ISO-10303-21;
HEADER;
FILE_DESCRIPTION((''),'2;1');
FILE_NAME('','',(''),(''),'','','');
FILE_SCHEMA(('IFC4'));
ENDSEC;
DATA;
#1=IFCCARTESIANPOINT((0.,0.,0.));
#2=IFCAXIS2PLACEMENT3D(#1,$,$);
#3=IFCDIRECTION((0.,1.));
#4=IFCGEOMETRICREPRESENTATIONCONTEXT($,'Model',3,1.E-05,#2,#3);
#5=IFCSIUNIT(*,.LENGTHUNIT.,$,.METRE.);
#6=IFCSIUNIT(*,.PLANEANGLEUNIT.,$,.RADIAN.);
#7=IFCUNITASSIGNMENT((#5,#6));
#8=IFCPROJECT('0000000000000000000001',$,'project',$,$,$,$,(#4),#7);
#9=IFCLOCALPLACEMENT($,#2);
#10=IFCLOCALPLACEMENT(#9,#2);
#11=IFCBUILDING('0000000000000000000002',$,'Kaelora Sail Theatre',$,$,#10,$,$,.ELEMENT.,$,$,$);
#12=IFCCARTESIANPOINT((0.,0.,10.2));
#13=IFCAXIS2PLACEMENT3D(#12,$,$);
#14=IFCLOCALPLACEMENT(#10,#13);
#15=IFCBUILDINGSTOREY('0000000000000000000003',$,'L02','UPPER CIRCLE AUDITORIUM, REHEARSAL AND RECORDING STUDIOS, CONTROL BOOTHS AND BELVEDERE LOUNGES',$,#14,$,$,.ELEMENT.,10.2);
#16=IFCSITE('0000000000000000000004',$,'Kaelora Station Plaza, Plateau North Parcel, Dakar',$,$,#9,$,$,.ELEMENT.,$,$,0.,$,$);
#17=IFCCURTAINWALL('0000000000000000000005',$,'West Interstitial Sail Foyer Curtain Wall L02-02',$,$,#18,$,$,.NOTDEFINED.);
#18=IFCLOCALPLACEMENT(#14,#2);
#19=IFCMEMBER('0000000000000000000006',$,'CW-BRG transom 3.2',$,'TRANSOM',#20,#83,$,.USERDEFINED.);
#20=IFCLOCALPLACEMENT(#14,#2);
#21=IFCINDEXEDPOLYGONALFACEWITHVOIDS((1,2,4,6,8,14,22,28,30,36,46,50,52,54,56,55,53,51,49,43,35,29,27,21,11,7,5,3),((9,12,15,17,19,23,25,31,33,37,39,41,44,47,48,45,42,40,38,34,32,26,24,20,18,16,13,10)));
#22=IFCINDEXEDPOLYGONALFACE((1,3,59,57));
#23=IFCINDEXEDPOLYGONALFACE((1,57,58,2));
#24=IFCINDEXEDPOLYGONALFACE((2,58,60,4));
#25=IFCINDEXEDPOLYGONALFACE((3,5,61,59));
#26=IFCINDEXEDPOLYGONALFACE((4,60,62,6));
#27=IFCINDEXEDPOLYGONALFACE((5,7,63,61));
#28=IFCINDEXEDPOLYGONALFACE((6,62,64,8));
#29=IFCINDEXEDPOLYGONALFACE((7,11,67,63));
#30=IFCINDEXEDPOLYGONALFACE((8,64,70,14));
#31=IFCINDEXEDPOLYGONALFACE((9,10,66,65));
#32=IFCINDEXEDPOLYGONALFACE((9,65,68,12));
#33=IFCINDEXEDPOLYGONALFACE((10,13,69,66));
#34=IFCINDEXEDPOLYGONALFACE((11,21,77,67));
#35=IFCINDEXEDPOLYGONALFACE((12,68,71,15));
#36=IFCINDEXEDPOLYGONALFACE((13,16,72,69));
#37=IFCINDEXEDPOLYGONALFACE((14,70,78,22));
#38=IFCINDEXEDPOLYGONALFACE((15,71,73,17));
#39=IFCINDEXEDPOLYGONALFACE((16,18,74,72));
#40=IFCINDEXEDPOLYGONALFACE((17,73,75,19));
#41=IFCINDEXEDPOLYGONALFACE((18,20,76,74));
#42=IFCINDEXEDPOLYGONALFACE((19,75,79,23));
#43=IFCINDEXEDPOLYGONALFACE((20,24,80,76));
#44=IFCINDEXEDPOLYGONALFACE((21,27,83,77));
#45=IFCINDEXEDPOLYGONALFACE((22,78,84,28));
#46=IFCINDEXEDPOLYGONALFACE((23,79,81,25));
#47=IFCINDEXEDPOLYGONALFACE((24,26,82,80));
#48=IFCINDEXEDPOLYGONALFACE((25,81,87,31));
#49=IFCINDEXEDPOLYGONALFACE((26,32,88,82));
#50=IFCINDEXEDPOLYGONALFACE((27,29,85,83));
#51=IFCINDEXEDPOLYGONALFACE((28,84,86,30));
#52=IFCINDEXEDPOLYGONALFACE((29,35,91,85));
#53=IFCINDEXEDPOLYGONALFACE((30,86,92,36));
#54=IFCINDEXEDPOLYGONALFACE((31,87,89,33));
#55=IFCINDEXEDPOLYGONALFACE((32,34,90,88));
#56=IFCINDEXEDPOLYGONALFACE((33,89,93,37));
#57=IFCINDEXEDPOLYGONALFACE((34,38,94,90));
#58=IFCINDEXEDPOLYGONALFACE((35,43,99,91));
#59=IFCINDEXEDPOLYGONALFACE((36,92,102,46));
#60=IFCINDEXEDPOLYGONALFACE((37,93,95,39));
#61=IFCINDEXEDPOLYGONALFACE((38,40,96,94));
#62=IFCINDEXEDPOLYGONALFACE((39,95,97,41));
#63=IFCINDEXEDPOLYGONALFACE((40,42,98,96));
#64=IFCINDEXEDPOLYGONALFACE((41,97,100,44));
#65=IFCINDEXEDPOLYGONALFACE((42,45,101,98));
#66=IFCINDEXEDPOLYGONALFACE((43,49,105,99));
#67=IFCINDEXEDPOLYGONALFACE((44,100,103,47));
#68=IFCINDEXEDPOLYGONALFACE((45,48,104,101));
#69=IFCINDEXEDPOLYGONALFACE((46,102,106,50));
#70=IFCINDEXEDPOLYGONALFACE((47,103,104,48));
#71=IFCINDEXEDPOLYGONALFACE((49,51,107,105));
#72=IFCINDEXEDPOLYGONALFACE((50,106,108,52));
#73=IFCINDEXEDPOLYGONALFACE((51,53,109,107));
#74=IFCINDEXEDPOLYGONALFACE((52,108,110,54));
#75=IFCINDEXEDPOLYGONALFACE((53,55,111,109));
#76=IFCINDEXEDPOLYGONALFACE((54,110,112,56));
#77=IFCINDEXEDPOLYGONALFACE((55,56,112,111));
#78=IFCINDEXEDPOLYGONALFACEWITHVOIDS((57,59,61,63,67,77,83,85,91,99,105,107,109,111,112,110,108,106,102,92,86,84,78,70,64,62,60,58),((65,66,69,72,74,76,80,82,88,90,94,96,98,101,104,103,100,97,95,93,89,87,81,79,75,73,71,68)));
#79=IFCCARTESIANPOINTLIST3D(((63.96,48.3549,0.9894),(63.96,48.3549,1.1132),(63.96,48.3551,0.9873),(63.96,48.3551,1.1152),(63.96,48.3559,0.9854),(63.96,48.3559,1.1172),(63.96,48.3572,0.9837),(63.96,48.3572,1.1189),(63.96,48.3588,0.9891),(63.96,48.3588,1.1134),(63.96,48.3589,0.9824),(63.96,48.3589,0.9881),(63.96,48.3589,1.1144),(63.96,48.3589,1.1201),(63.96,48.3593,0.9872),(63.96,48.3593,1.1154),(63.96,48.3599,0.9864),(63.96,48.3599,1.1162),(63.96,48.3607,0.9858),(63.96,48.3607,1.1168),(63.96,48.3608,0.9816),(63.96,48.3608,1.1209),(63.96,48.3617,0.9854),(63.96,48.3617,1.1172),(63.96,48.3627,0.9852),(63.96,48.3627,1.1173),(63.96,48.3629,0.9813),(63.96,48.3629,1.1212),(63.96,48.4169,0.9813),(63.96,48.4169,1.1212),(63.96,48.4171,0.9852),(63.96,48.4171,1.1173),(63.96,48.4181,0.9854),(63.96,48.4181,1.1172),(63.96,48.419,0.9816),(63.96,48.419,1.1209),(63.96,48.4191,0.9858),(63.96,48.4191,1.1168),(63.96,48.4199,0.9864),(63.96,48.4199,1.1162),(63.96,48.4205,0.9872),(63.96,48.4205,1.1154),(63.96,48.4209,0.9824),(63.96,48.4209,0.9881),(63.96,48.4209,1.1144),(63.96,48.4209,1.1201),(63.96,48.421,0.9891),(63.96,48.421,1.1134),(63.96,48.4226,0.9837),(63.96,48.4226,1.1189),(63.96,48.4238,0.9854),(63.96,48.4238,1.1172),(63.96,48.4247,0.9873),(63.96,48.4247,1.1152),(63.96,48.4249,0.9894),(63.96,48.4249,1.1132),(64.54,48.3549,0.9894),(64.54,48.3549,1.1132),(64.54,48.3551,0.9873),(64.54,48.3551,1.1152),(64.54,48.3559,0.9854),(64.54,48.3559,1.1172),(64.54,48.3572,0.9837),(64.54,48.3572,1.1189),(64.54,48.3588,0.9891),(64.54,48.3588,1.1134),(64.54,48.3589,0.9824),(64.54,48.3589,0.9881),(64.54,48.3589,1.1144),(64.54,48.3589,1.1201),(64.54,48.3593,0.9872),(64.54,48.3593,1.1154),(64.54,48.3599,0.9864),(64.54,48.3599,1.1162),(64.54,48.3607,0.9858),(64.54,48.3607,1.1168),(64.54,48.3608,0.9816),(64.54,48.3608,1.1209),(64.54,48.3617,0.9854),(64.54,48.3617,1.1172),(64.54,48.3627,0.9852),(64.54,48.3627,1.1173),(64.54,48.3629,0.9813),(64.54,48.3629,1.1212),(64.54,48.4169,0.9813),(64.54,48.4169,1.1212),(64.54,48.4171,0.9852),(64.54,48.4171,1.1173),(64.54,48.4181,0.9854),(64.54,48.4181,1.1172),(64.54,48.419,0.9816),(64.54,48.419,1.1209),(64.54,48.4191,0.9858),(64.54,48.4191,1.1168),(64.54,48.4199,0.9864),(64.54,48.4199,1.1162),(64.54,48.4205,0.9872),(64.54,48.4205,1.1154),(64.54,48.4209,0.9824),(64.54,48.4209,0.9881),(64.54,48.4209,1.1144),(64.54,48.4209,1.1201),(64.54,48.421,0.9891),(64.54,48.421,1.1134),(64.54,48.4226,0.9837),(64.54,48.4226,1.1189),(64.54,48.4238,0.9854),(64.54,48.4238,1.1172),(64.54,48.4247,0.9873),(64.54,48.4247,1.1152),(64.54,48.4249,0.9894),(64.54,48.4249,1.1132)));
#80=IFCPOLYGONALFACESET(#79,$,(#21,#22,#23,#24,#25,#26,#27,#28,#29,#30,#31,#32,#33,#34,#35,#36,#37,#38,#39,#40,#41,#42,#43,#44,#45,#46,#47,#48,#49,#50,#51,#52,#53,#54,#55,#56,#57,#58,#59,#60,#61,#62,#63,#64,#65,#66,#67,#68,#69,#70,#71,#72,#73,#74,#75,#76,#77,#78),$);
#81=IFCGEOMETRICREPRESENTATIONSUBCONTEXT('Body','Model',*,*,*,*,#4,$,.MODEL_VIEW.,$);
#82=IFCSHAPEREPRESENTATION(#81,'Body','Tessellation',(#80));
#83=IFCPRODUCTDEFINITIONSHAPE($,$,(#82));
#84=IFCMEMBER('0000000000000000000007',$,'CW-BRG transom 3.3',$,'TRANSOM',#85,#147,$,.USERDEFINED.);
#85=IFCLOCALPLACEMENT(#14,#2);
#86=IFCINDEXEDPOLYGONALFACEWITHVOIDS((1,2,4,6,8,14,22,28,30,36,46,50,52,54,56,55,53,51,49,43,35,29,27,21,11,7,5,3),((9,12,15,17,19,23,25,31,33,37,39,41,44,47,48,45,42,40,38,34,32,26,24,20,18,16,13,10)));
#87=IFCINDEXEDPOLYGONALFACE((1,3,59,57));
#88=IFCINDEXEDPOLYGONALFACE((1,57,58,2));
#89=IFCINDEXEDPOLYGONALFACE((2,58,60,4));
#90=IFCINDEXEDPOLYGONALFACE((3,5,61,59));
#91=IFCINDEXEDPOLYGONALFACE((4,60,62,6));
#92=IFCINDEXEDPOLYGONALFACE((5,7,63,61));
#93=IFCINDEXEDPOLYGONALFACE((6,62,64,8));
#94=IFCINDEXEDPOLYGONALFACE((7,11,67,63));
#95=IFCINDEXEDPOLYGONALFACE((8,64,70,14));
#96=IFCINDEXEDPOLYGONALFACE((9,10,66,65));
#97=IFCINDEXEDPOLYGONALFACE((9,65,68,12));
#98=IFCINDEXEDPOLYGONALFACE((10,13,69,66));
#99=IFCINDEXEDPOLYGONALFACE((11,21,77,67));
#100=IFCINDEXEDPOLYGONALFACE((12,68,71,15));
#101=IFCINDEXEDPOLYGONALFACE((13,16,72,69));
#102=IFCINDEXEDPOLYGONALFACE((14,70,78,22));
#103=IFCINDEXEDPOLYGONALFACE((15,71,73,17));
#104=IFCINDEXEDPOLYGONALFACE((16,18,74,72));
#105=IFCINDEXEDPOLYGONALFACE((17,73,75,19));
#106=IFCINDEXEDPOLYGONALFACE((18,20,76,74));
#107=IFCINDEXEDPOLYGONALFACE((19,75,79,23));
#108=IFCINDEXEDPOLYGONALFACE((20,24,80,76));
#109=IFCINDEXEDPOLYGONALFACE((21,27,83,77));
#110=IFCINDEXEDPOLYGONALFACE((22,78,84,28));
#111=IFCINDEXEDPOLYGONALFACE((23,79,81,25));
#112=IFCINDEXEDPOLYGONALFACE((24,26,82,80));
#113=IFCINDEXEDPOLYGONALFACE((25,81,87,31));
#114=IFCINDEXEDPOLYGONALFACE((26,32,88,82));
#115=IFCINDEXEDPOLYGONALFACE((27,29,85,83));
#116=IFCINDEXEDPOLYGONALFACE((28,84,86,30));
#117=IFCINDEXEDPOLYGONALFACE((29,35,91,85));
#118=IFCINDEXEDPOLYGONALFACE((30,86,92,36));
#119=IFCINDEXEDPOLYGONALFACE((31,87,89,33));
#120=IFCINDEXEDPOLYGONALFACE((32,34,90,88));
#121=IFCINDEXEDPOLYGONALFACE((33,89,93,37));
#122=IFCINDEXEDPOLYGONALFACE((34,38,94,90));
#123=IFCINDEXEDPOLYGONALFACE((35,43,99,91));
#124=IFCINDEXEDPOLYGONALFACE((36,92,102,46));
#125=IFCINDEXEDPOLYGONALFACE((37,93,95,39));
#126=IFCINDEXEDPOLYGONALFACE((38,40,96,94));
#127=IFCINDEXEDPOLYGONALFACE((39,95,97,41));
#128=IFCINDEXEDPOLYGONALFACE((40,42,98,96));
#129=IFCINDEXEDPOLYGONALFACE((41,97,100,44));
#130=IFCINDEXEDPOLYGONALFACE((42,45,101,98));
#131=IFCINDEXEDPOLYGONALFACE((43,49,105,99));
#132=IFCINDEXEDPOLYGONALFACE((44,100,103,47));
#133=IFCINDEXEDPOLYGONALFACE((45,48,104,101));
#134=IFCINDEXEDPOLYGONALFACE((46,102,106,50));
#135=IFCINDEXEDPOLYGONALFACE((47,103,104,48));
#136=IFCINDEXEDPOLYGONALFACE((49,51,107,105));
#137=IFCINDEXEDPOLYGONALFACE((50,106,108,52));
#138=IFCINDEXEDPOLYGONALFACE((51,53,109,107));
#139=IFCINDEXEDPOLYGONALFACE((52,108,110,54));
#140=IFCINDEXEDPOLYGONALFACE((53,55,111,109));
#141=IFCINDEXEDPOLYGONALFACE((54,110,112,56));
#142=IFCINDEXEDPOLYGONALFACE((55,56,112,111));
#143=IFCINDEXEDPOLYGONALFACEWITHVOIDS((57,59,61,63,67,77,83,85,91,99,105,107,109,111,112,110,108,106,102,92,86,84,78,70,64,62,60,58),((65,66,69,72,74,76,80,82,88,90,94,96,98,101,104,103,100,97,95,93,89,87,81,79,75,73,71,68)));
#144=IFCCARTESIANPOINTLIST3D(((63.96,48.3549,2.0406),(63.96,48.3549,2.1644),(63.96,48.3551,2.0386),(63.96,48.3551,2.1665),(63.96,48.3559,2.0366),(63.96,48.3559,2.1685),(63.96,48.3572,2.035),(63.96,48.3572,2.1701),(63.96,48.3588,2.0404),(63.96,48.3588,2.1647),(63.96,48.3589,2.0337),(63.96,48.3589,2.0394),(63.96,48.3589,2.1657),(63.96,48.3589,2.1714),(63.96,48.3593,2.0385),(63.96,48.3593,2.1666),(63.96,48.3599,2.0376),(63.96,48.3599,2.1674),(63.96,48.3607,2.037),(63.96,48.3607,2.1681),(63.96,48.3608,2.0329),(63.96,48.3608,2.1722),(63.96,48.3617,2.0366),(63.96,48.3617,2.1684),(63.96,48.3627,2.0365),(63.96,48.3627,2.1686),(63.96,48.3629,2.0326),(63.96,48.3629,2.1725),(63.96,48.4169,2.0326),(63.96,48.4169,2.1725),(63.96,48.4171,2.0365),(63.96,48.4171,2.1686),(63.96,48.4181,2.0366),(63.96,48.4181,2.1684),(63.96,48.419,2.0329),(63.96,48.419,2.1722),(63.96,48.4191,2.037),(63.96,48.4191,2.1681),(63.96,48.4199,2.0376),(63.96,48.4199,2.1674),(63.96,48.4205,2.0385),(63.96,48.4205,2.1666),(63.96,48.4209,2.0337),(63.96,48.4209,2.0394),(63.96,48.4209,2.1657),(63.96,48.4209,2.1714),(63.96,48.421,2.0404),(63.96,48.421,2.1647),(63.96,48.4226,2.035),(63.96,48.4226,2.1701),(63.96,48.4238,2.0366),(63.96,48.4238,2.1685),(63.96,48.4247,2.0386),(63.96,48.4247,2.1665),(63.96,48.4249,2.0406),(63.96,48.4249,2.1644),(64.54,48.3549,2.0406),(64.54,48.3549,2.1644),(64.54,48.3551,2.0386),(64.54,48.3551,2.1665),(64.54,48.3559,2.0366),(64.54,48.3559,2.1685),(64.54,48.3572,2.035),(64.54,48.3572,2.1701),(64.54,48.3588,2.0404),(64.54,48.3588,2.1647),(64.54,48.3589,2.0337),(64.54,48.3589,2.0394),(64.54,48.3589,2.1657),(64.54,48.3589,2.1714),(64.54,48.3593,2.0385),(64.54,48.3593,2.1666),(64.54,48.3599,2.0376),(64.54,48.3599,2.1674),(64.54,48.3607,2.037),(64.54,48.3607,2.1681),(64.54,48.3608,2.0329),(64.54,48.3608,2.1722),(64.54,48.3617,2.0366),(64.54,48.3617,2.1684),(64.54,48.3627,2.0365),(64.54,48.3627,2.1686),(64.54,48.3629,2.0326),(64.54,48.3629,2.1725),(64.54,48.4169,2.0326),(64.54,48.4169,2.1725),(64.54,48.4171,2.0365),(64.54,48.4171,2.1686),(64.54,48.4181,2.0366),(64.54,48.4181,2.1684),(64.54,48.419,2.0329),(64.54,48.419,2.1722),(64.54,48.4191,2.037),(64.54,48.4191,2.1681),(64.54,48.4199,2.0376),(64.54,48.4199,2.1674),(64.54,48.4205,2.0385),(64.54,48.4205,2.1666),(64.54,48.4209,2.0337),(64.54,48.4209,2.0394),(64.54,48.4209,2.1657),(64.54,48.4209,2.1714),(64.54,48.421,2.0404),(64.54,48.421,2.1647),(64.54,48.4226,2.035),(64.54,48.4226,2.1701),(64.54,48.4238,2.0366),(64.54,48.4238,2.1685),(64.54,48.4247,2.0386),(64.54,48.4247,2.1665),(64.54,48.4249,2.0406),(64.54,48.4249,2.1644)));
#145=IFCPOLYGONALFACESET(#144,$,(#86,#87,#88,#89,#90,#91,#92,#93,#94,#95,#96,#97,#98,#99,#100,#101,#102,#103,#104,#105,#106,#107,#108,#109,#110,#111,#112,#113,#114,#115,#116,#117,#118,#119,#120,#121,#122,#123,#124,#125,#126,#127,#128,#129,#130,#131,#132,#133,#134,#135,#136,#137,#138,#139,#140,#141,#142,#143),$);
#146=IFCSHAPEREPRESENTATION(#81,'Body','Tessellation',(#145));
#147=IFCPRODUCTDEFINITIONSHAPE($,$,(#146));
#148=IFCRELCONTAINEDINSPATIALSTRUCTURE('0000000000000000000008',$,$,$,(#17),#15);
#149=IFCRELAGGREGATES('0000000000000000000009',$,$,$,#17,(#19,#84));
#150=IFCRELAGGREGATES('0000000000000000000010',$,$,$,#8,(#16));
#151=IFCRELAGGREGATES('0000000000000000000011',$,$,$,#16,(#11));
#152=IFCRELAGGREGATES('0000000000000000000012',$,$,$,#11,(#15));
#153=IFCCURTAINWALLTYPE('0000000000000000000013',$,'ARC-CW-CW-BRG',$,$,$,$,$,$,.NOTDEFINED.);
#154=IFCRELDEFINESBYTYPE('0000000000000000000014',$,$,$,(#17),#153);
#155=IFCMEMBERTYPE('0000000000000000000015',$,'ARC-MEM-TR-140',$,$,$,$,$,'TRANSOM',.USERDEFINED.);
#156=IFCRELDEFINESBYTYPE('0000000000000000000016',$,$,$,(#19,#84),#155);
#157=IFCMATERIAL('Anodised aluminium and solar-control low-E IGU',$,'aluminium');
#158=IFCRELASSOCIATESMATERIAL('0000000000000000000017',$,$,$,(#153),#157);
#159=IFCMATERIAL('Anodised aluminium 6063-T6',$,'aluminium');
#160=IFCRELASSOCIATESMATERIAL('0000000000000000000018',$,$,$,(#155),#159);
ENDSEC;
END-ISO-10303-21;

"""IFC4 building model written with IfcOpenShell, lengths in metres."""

from ifc_helpers import new_model, si_unit, direction, frame, origin, origin_2d, place, context, subcontext, project, spatial, hollow_rectangle, extrude, material, material_profile, profile_set, type_object, element, aggregate, save


model = new_model("IFC4")

# Units and contexts
model_context = context("Model", 3, precision=1e-05, world=origin(), true_north=direction((0.0, 1.0)))
body_context = subcontext(model_context, "Body", "Model", "MODEL_VIEW")
ifc_project = project(units=[si_unit("LENGTHUNIT", "METRE"), si_unit("PLANEANGLEUNIT", "RADIAN")], contexts=[model_context])

# Site, building, storey
site_placement = place(None, origin())
site = spatial("IfcSite", under=ifc_project, at=site_placement, Name="Kaelora Station Plaza, Plateau North Parcel, Dakar", CompositionType="ELEMENT", RefElevation=0.0)
building_placement = place(site_placement, origin())
building = spatial("IfcBuilding", under=site, at=building_placement, Name="Kaelora Sail Theatre", CompositionType="ELEMENT")
storey_placement = place(building_placement, frame((0.0, 0.0, 10.2)))
storey = spatial("IfcBuildingStorey", under=building, at=storey_placement, Name="L02", Description="UPPER CIRCLE AUDITORIUM, REHEARSAL AND RECORDING STUDIOS, CONTROL BOOTHS AND BELVEDERE LOUNGES", CompositionType="ELEMENT", Elevation=10.2)

# Curtain wall, members
ifc_material_1 = material(Name="Anodised aluminium and solar-control low-E IGU", Category="aluminium")
curtain_wall_type = type_object("IfcCurtainWallType", Name="ARC-CW-CW-BRG", PredefinedType="NOTDEFINED", material=ifc_material_1)
curtain_wall_placement = place(storey_placement, origin())
curtain_wall = element("IfcCurtainWall", 1, at=curtain_wall_placement, inside=storey, type_object=curtain_wall_type, Name="West Interstitial Sail Foyer Curtain Wall L02-02", PredefinedType="NOTDEFINED")
ifc_material_2 = material(Name="Anodised aluminium 6063-T6", Category="aluminium")
ifc_material_profile_1 = material_profile(ifc_material_2, hollow_rectangle(XDim=0.0701, YDim=0.1399, WallThickness=0.0039, InnerFilletRadius=0.0039, OuterFilletRadius=0.0081, at=origin_2d()), Name="ALU-TRAN 70x140x4")
ifc_profile_set_1 = profile_set([ifc_material_profile_1], Name="Anodised aluminium 6063-T6")
member_type_1 = type_object("IfcMemberType", Name="ARC-MEM-TR-140", ElementType="TRANSOM", PredefinedType="USERDEFINED", material=ifc_profile_set_1)
member_1_placement = place(storey_placement, frame((63.96, 48.3899, 1.0513), z_axis=(1.0, 0.0, 0.0), x_axis=(0.0, 1.0, 0.0)))
member_1 = element("IfcMember", 2, at=member_1_placement, type_object=member_type_1, Name="CW-BRG transom 3.2", ObjectType="TRANSOM", PredefinedType="USERDEFINED", context=body_context, shape_type="SweptSolid", body=[
    extrude(hollow_rectangle(XDim=0.0701, YDim=0.1399, WallThickness=0.0039, InnerFilletRadius=0.0039, OuterFilletRadius=0.0081, at=origin_2d()), origin(), (0.0, 0.0, 1.0), 0.5801),
])
member_2_placement = place(storey_placement, frame((63.96, 48.3899, 2.1025), z_axis=(1.0, 0.0, 0.0), x_axis=(0.0, 1.0, 0.0)))
member_2 = element("IfcMember", 3, at=member_2_placement, type_object=member_type_1, Name="CW-BRG transom 3.3", ObjectType="TRANSOM", PredefinedType="USERDEFINED", context=body_context, shape_type="SweptSolid", body=[
    extrude(hollow_rectangle(XDim=0.0701, YDim=0.1399, WallThickness=0.0039, InnerFilletRadius=0.0039, OuterFilletRadius=0.0081, at=origin_2d()), origin(), (0.0, 0.0, 1.0), 0.5801),
])

aggregate(curtain_wall, [member_1, member_2])

save(model, "model.ifc")
